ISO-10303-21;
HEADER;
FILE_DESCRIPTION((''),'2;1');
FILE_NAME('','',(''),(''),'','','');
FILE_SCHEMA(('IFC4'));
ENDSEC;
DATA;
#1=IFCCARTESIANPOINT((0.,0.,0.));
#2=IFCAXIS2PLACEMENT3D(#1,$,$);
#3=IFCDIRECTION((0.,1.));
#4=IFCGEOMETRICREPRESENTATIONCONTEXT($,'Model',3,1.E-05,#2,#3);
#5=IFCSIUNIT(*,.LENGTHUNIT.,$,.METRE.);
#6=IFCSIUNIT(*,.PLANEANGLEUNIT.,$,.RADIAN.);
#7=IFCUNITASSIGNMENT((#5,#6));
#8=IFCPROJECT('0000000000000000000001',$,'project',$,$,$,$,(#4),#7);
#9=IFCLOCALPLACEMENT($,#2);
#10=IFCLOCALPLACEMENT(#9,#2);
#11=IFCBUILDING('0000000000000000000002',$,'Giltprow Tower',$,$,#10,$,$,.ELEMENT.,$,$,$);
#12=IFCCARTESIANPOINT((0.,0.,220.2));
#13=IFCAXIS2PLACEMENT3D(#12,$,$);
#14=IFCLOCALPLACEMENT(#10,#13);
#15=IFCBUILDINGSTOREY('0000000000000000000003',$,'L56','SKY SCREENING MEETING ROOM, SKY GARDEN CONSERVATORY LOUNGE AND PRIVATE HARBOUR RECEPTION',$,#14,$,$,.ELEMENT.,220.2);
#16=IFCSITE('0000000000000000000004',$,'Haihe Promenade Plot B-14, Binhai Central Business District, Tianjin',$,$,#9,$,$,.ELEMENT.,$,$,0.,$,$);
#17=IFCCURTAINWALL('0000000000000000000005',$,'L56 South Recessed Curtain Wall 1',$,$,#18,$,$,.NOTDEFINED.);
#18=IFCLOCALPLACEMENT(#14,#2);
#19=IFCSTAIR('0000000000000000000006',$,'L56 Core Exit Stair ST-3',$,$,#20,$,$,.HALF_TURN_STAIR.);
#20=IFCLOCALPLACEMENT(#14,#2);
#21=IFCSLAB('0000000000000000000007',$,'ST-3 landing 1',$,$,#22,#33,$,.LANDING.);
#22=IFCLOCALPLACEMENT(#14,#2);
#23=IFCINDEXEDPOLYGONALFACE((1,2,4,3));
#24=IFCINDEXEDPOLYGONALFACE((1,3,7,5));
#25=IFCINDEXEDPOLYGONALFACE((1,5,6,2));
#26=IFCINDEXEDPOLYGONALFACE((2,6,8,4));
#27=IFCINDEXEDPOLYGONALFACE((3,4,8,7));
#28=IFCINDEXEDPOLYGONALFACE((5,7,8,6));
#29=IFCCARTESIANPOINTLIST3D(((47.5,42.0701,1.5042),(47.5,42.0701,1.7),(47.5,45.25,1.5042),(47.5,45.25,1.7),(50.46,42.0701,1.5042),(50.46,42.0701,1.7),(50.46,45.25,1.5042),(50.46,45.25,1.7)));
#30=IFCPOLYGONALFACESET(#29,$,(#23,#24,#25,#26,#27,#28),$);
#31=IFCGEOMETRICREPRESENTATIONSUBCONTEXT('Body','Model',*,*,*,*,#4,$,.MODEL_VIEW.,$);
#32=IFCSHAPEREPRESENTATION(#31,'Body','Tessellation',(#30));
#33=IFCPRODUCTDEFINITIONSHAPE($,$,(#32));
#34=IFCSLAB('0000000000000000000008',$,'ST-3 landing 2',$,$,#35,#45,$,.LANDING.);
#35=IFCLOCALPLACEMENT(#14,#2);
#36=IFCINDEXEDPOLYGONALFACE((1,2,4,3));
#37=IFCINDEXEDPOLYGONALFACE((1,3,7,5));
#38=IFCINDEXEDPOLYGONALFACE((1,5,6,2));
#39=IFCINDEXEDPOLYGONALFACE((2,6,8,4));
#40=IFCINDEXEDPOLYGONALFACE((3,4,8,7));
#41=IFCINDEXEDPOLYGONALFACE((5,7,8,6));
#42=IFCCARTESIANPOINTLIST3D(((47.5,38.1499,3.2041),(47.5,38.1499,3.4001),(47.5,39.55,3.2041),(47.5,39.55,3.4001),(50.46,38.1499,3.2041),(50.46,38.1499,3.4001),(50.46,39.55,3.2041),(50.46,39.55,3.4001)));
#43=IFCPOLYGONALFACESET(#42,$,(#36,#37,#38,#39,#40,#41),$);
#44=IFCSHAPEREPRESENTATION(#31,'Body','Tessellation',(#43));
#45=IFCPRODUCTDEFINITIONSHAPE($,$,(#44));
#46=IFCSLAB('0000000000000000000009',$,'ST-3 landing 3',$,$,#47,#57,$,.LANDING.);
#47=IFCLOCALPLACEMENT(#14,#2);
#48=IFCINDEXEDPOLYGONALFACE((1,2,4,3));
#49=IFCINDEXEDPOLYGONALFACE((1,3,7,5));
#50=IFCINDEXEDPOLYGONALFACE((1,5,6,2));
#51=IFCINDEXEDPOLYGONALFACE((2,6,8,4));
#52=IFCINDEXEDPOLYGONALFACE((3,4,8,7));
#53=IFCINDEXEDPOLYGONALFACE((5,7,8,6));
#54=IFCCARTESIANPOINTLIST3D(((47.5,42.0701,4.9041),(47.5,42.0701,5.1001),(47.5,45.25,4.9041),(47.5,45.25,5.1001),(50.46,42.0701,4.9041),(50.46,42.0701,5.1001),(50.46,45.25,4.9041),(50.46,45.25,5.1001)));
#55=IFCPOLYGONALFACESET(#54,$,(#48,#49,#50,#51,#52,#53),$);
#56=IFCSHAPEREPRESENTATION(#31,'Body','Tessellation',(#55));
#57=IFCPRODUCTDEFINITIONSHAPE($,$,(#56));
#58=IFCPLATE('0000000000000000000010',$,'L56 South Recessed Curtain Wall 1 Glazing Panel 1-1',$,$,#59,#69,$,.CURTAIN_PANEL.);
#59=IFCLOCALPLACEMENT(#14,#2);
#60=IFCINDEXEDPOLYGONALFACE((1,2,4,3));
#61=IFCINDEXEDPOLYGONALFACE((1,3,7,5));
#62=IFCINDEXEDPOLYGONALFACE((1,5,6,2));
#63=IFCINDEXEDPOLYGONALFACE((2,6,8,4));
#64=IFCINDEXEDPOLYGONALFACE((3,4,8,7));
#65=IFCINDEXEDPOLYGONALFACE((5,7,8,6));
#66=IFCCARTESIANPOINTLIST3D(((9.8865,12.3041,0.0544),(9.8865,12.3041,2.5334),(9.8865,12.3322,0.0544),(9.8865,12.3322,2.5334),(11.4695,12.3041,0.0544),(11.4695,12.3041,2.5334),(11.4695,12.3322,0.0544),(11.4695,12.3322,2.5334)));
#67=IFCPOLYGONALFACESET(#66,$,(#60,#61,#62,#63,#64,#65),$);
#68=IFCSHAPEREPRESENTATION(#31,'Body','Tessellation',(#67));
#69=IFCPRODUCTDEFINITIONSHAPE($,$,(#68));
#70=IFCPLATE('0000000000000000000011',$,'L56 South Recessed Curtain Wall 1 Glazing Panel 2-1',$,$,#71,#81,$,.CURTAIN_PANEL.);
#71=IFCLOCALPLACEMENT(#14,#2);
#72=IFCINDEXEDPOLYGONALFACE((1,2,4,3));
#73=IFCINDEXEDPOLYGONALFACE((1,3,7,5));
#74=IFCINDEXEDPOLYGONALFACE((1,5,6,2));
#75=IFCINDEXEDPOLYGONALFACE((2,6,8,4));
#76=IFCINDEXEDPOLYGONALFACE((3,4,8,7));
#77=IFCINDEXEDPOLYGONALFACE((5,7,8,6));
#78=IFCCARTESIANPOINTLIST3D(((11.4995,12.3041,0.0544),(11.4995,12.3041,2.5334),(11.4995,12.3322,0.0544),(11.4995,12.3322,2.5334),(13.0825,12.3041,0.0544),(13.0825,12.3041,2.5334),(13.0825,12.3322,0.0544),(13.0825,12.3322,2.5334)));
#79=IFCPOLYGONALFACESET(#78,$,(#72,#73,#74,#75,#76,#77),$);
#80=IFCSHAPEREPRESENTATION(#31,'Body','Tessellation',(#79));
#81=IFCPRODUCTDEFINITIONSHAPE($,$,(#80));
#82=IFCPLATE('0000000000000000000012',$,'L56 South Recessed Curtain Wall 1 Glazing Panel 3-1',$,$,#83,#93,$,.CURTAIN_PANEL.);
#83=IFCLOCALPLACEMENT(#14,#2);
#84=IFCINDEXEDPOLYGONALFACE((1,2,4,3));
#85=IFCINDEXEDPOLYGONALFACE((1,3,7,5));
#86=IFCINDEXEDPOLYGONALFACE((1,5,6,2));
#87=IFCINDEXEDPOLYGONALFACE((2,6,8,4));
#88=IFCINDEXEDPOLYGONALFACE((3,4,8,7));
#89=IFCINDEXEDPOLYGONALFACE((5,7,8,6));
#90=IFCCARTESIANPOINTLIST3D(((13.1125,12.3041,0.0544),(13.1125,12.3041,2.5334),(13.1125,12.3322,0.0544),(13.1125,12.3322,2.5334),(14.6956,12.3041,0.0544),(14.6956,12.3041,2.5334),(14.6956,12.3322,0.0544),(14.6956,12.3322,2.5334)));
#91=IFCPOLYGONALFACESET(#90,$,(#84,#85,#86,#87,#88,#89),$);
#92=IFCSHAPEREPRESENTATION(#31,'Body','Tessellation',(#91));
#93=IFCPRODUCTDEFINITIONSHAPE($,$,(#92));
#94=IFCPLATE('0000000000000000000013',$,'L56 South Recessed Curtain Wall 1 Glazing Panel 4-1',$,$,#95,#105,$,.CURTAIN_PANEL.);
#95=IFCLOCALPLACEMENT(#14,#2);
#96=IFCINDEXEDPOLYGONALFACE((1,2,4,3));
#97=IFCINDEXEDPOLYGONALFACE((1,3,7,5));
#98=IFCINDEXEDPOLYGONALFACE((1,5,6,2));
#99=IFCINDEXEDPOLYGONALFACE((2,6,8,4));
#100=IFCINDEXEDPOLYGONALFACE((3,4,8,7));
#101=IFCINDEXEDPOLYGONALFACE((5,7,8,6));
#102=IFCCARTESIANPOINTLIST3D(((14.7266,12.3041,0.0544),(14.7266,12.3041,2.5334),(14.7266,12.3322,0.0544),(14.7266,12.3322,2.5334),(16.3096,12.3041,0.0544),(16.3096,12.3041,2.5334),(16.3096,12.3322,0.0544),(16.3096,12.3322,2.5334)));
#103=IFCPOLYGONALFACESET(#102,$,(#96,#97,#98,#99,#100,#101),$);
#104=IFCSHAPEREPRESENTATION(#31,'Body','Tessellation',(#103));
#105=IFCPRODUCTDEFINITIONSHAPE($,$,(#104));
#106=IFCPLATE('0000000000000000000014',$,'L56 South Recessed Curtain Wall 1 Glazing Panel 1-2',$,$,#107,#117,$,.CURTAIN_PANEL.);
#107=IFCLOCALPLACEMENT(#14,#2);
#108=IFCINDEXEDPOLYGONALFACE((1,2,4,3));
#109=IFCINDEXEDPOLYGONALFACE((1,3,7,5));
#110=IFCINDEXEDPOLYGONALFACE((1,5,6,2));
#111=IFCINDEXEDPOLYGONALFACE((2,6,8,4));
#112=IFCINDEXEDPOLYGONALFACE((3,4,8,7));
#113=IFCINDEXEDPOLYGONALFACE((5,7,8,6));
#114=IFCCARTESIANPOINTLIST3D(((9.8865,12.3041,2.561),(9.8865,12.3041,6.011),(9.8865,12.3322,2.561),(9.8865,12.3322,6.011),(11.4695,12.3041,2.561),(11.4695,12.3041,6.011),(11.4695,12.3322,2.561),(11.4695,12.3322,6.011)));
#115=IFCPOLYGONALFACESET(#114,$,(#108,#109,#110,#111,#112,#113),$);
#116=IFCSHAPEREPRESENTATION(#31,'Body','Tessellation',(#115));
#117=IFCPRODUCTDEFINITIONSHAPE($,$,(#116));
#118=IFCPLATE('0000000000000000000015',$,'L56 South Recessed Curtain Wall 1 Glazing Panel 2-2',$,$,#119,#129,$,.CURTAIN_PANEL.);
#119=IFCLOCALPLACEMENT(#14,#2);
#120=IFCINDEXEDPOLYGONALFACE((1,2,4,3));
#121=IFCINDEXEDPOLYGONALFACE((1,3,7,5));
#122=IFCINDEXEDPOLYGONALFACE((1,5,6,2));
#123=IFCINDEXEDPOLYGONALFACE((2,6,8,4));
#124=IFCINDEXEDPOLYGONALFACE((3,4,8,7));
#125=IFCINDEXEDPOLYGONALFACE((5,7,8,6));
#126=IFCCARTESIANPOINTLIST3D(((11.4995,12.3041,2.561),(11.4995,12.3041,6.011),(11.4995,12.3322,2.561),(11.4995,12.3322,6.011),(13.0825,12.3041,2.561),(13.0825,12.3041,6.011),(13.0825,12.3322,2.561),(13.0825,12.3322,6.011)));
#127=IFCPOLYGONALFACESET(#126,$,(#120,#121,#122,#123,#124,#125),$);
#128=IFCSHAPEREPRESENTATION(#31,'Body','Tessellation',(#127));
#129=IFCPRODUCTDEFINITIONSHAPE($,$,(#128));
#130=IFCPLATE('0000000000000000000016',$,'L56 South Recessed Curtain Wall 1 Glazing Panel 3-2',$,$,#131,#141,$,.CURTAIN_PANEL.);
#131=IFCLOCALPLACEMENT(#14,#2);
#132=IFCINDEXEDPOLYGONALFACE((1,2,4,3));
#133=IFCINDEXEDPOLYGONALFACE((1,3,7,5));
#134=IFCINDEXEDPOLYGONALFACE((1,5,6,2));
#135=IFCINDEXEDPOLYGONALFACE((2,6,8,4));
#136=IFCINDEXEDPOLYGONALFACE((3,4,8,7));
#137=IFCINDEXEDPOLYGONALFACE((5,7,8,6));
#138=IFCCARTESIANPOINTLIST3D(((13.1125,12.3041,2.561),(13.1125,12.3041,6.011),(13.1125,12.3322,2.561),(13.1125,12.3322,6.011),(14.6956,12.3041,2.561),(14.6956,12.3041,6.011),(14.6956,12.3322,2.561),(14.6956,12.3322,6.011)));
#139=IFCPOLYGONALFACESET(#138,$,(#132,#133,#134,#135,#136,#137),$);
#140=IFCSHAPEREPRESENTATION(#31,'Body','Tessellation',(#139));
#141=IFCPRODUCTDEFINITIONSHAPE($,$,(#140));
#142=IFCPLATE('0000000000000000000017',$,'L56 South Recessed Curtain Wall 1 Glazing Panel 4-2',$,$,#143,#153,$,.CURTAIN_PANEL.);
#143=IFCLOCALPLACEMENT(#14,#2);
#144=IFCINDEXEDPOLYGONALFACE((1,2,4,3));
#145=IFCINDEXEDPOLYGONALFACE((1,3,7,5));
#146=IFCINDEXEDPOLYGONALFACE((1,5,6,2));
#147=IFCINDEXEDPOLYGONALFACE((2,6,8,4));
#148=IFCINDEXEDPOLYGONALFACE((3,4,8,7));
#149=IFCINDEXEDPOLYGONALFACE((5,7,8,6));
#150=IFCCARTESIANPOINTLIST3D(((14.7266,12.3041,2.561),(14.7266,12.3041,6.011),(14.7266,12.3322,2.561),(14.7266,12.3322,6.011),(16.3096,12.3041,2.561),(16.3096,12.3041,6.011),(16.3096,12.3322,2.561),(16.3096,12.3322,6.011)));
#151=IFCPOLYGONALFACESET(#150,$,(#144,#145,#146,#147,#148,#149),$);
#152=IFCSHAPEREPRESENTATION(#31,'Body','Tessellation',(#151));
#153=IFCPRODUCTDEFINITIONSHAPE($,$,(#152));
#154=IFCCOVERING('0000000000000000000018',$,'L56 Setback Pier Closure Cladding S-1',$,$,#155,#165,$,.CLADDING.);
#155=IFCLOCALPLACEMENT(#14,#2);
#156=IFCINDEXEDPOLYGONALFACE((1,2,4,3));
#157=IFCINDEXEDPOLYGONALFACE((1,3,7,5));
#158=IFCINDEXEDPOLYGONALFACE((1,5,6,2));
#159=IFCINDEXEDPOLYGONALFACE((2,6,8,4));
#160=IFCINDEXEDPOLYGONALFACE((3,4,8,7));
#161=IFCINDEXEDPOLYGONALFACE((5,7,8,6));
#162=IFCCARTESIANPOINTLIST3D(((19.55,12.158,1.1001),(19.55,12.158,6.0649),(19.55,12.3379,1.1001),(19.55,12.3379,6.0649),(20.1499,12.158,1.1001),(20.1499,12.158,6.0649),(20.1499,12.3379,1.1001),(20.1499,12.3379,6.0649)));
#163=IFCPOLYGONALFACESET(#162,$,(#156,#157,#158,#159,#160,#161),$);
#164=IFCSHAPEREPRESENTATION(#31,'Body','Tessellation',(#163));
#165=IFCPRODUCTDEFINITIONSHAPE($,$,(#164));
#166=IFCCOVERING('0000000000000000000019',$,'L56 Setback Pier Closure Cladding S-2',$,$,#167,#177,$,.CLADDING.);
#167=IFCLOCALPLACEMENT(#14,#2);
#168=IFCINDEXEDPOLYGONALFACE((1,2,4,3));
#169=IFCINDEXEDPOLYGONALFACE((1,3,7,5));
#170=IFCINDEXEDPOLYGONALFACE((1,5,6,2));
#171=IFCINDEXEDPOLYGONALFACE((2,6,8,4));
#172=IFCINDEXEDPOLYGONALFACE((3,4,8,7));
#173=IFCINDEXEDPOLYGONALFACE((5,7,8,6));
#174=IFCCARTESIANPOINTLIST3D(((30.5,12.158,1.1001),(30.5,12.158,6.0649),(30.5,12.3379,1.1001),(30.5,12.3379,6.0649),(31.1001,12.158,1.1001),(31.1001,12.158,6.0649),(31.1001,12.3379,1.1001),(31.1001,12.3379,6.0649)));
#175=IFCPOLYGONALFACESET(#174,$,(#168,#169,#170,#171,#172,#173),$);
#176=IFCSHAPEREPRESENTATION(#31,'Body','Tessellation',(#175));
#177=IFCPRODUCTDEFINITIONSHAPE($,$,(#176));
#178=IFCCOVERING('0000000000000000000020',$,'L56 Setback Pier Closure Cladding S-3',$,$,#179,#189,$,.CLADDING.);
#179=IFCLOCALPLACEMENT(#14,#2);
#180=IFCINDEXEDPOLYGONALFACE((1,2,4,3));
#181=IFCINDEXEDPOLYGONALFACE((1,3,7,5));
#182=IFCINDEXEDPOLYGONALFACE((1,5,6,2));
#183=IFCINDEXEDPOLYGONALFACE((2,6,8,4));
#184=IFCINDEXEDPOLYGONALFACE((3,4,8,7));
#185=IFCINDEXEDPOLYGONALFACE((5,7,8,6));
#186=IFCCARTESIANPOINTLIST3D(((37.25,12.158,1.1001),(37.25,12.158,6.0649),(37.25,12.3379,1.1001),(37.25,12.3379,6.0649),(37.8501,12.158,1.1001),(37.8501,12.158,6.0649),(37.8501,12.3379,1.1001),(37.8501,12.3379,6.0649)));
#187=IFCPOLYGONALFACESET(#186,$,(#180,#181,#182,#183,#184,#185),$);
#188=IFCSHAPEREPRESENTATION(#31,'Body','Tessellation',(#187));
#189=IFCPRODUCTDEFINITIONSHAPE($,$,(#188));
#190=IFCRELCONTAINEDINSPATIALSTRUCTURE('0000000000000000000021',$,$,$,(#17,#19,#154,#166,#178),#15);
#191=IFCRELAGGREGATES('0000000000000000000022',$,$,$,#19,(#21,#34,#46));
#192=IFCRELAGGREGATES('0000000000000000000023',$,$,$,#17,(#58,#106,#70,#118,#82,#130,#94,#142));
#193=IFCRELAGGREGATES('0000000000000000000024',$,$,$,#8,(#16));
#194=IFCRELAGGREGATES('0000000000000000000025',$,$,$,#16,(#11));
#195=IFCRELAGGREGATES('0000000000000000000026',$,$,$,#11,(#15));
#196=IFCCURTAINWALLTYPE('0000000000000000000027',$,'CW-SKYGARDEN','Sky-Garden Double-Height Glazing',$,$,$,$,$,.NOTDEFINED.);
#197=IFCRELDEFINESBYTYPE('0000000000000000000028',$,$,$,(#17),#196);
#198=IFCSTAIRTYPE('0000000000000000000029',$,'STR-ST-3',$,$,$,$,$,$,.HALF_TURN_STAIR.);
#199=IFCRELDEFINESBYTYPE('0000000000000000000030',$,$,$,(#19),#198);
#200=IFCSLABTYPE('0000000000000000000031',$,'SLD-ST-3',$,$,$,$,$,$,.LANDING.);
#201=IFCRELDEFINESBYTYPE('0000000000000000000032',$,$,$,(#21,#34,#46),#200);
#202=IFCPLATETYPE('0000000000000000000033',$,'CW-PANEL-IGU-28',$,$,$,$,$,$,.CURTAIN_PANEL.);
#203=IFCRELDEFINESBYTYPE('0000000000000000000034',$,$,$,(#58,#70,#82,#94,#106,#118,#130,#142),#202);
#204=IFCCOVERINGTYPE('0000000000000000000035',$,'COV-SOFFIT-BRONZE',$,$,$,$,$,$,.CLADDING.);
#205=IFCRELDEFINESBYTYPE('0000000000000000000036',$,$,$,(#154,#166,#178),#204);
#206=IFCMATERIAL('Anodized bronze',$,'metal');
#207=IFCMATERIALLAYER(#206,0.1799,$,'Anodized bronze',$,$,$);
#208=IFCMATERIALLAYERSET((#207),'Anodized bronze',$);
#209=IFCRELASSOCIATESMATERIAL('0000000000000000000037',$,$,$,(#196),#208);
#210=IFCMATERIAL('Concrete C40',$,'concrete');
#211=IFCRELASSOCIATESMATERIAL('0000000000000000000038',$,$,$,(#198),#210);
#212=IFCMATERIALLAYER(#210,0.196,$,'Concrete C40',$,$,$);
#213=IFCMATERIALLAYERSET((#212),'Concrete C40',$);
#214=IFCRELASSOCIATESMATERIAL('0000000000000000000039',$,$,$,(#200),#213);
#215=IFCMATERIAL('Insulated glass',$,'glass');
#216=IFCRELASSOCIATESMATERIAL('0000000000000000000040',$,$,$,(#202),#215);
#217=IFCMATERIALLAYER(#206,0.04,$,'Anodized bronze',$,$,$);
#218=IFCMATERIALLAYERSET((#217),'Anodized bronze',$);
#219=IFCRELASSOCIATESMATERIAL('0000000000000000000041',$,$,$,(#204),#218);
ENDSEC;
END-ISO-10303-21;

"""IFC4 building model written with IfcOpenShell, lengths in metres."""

from ifc_helpers import new_model, si_unit, direction, frame, origin, origin_2d, place, context, subcontext, project, spatial, polyline, rectangle, outline, extrude, source, transform, mapped, material, layer, layer_set, type_object, element, aggregate, save


model = new_model("IFC4")

# Units and contexts
model_context = context("Model", 3, precision=1e-05, world=origin(), true_north=direction((0.0, 1.0)))
body_context = subcontext(model_context, "Body", "Model", "MODEL_VIEW")
ifc_project = project(units=[si_unit("LENGTHUNIT", "METRE"), si_unit("PLANEANGLEUNIT", "RADIAN")], contexts=[model_context])

# Site, building, storey
site_placement = place(None, origin())
site = spatial("IfcSite", under=ifc_project, at=site_placement, Name="Haihe Promenade Plot B-14, Binhai Central Business District, Tianjin", CompositionType="ELEMENT", RefElevation=0.0)
building_placement = place(site_placement, origin())
building = spatial("IfcBuilding", under=site, at=building_placement, Name="Giltprow Tower", CompositionType="ELEMENT")
storey_placement = place(building_placement, frame((0.0, 0.0, 220.2)))
storey = spatial("IfcBuildingStorey", under=building, at=storey_placement, Name="L56", Description="SKY SCREENING MEETING ROOM, SKY GARDEN CONSERVATORY LOUNGE AND PRIVATE HARBOUR RECEPTION", CompositionType="ELEMENT", Elevation=220.2)

# Curtain wall
ifc_material_1 = material(Name="Anodized bronze", Category="metal")
ifc_layer_1 = layer(ifc_material_1, 0.1799, Name="Anodized bronze")
ifc_layer_set_1 = layer_set([ifc_layer_1], Name="Anodized bronze")
curtain_wall_type = type_object("IfcCurtainWallType", Name="CW-SKYGARDEN", Description="Sky-Garden Double-Height Glazing", PredefinedType="NOTDEFINED", material=ifc_layer_set_1)
curtain_wall_placement = place(storey_placement, origin())
curtain_wall = element("IfcCurtainWall", 1, at=curtain_wall_placement, inside=storey, type_object=curtain_wall_type, Name="L56 South Recessed Curtain Wall 1", PredefinedType="NOTDEFINED")

# Shared definitions
ifc_material_2 = material(Name="Concrete C40", Category="concrete")

# Stair, slabs
stair_type_1 = type_object("IfcStairType", Name="STR-ST-3", PredefinedType="HALF_TURN_STAIR", material=ifc_material_2)
stair_1_placement = place(storey_placement, origin())
stair_1 = element("IfcStair", 2, at=stair_1_placement, inside=storey, type_object=stair_type_1, Name="L56 Core Exit Stair ST-3", PredefinedType="HALF_TURN_STAIR")
ifc_layer_2 = layer(ifc_material_2, 0.196, Name="Concrete C40")
ifc_layer_set_2 = layer_set([ifc_layer_2], Name="Concrete C40")
slab_type_1 = type_object("IfcSlabType", Name="SLD-ST-3", PredefinedType="LANDING", material=ifc_layer_set_2)
slab_1_placement = place(storey_placement, frame((0.0, 0.0, 1.5042)))
slab_1 = element("IfcSlab", 3, at=slab_1_placement, type_object=slab_type_1, Name="ST-3 landing 1", PredefinedType="LANDING", context=body_context, shape_type="SweptSolid", body=[
    extrude(outline(polyline([(50.46, 42.0701), (50.46, 45.25), (47.5, 45.25), (47.5, 42.0701), (50.46, 42.0701)])), origin(), (0.0, 0.0, 1.0), 0.1958),
])
slab_2_placement = place(storey_placement, frame((0.0, 0.0, 3.2041)))
slab_2 = element("IfcSlab", 4, at=slab_2_placement, type_object=slab_type_1, Name="ST-3 landing 2", PredefinedType="LANDING", context=body_context, shape_type="SweptSolid", body=[
    extrude(outline(polyline([(50.46, 38.1499), (50.46, 39.55), (47.5, 39.55), (47.5, 38.1499), (50.46, 38.1499)])), origin(), (0.0, 0.0, 1.0), 0.196),
])
slab_3_placement = place(storey_placement, frame((0.0, 0.0, 4.9041)))
slab_3 = element("IfcSlab", 5, at=slab_3_placement, type_object=slab_type_1, Name="ST-3 landing 3", PredefinedType="LANDING", context=body_context, shape_type="SweptSolid", body=[
    extrude(outline(polyline([(50.46, 42.0701), (50.46, 45.25), (47.5, 45.25), (47.5, 42.0701), (50.46, 42.0701)])), origin(), (0.0, 0.0, 1.0), 0.196),
])
aggregate(stair_1, [slab_1, slab_2, slab_3])

# Plates
ifc_material_3 = material(Name="Insulated glass", Category="glass")
plate_type = type_object("IfcPlateType", Name="CW-PANEL-IGU-28", PredefinedType="CURTAIN_PANEL", material=ifc_material_3)
shared_shape_1 = source(origin(), body_context, "Body", "SweptSolid", [
    extrude(rectangle(XDim=1.583, YDim=0.0281, at=origin_2d()), origin(), (0.0, 0.0, 1.0), 2.479),
])
plate_1_placement = place(storey_placement, frame((10.678, 12.3181, 0.0544), z_axis=(0.0, 0.0, 1.0), x_axis=(1.0, 0.0, 0.0)))
plate_1 = element("IfcPlate", 6, at=plate_1_placement, type_object=plate_type, Name="L56 South Recessed Curtain Wall 1 Glazing Panel 1-1", PredefinedType="CURTAIN_PANEL", context=body_context, shape_type="MappedRepresentation", body=[
    mapped(shared_shape_1, transform((0.0, 0.0, 0.0), x_axis=(1.0, 0.0, 0.0), y_axis=(0.0, 1.0, 0.0), z_axis=(0.0, 0.0, 1.0), scale=1.0)),
])
plate_2_placement = place(storey_placement, frame((12.291, 12.3181, 0.0544), z_axis=(0.0, 0.0, 1.0), x_axis=(1.0, 0.0, 0.0)))
plate_2 = element("IfcPlate", 7, at=plate_2_placement, type_object=plate_type, Name="L56 South Recessed Curtain Wall 1 Glazing Panel 2-1", PredefinedType="CURTAIN_PANEL", context=body_context, shape_type="MappedRepresentation", body=[
    mapped(shared_shape_1, transform((0.0, 0.0, 0.0), x_axis=(1.0, 0.0, 0.0), y_axis=(0.0, 1.0, 0.0), z_axis=(0.0, 0.0, 1.0), scale=1.0)),
])
plate_3_placement = place(storey_placement, frame((13.9041, 12.3181, 0.0544), z_axis=(0.0, 0.0, 1.0), x_axis=(1.0, 0.0, 0.0)))
plate_3 = element("IfcPlate", 8, at=plate_3_placement, type_object=plate_type, Name="L56 South Recessed Curtain Wall 1 Glazing Panel 3-1", PredefinedType="CURTAIN_PANEL", context=body_context, shape_type="MappedRepresentation", body=[
    mapped(shared_shape_1, transform((0.0, 0.0, 0.0), x_axis=(1.0, 0.0, 0.0), y_axis=(0.0, 1.0, 0.0), z_axis=(0.0, 0.0, 1.0), scale=1.0)),
])
plate_4_placement = place(storey_placement, frame((15.5181, 12.3181, 0.0544), z_axis=(0.0, 0.0, 1.0), x_axis=(1.0, 0.0, 0.0)))
plate_4 = element("IfcPlate", 9, at=plate_4_placement, type_object=plate_type, Name="L56 South Recessed Curtain Wall 1 Glazing Panel 4-1", PredefinedType="CURTAIN_PANEL", context=body_context, shape_type="MappedRepresentation", body=[
    mapped(shared_shape_1, transform((0.0, 0.0, 0.0), x_axis=(1.0, 0.0, 0.0), y_axis=(0.0, 1.0, 0.0), z_axis=(0.0, 0.0, 1.0), scale=1.0)),
])
shared_shape_2 = source(origin(), body_context, "Body", "SweptSolid", [
    extrude(rectangle(XDim=1.583, YDim=0.0281, at=origin_2d()), origin(), (0.0, 0.0, 1.0), 3.45),
])
plate_5_placement = place(storey_placement, frame((10.678, 12.3181, 2.561), z_axis=(0.0, 0.0, 1.0), x_axis=(1.0, 0.0, 0.0)))
plate_5 = element("IfcPlate", 10, at=plate_5_placement, type_object=plate_type, Name="L56 South Recessed Curtain Wall 1 Glazing Panel 1-2", PredefinedType="CURTAIN_PANEL", context=body_context, shape_type="MappedRepresentation", body=[
    mapped(shared_shape_2, transform((0.0, 0.0, 0.0), x_axis=(1.0, 0.0, 0.0), y_axis=(0.0, 1.0, 0.0), z_axis=(0.0, 0.0, 1.0), scale=1.0)),
])
plate_6_placement = place(storey_placement, frame((12.291, 12.3181, 2.561), z_axis=(0.0, 0.0, 1.0), x_axis=(1.0, 0.0, 0.0)))
plate_6 = element("IfcPlate", 11, at=plate_6_placement, type_object=plate_type, Name="L56 South Recessed Curtain Wall 1 Glazing Panel 2-2", PredefinedType="CURTAIN_PANEL", context=body_context, shape_type="MappedRepresentation", body=[
    mapped(shared_shape_2, transform((0.0, 0.0, 0.0), x_axis=(1.0, 0.0, 0.0), y_axis=(0.0, 1.0, 0.0), z_axis=(0.0, 0.0, 1.0), scale=1.0)),
])
plate_7_placement = place(storey_placement, frame((13.9041, 12.3181, 2.561), z_axis=(0.0, 0.0, 1.0), x_axis=(1.0, 0.0, 0.0)))
plate_7 = element("IfcPlate", 12, at=plate_7_placement, type_object=plate_type, Name="L56 South Recessed Curtain Wall 1 Glazing Panel 3-2", PredefinedType="CURTAIN_PANEL", context=body_context, shape_type="MappedRepresentation", body=[
    mapped(shared_shape_2, transform((0.0, 0.0, 0.0), x_axis=(1.0, 0.0, 0.0), y_axis=(0.0, 1.0, 0.0), z_axis=(0.0, 0.0, 1.0), scale=1.0)),
])
plate_8_placement = place(storey_placement, frame((15.5181, 12.3181, 2.561), z_axis=(0.0, 0.0, 1.0), x_axis=(1.0, 0.0, 0.0)))
plate_8 = element("IfcPlate", 13, at=plate_8_placement, type_object=plate_type, Name="L56 South Recessed Curtain Wall 1 Glazing Panel 4-2", PredefinedType="CURTAIN_PANEL", context=body_context, shape_type="MappedRepresentation", body=[
    mapped(shared_shape_2, transform((0.0, 0.0, 0.0), x_axis=(1.0, 0.0, 0.0), y_axis=(0.0, 1.0, 0.0), z_axis=(0.0, 0.0, 1.0), scale=1.0)),
])
aggregate(curtain_wall, [plate_1, plate_5, plate_2, plate_6, plate_3, plate_7, plate_4, plate_8])

# Coverings
ifc_layer_3 = layer(ifc_material_1, 0.04, Name="Anodized bronze")
ifc_layer_set_3 = layer_set([ifc_layer_3], Name="Anodized bronze")
covering_type = type_object("IfcCoveringType", Name="COV-SOFFIT-BRONZE", PredefinedType="CLADDING", material=ifc_layer_set_3)
covering_1_placement = place(storey_placement, frame((0.0, 0.0, 1.1001)))
element("IfcCovering", 14, at=covering_1_placement, inside=storey, type_object=covering_type, Name="L56 Setback Pier Closure Cladding S-1", PredefinedType="CLADDING", context=body_context, shape_type="SweptSolid", body=[
    extrude(outline(polyline([(19.55, 12.158), (20.1499, 12.158), (20.1499, 12.3379), (19.55, 12.3379), (19.55, 12.158)])), origin(), (0.0, 0.0, 1.0), 4.9648),
])
covering_2_placement = place(storey_placement, frame((0.0, 0.0, 1.1001)))
element("IfcCovering", 15, at=covering_2_placement, inside=storey, type_object=covering_type, Name="L56 Setback Pier Closure Cladding S-2", PredefinedType="CLADDING", context=body_context, shape_type="SweptSolid", body=[
    extrude(outline(polyline([(30.5, 12.158), (31.1001, 12.158), (31.1001, 12.3379), (30.5, 12.3379), (30.5, 12.158)])), origin(), (0.0, 0.0, 1.0), 4.9648),
])
covering_3_placement = place(storey_placement, frame((0.0, 0.0, 1.1001)))
element("IfcCovering", 16, at=covering_3_placement, inside=storey, type_object=covering_type, Name="L56 Setback Pier Closure Cladding S-3", PredefinedType="CLADDING", context=body_context, shape_type="SweptSolid", body=[
    extrude(outline(polyline([(37.25, 12.158), (37.8501, 12.158), (37.8501, 12.3379), (37.25, 12.3379), (37.25, 12.158)])), origin(), (0.0, 0.0, 1.0), 4.9648),
])

save(model, "model.ifc")
